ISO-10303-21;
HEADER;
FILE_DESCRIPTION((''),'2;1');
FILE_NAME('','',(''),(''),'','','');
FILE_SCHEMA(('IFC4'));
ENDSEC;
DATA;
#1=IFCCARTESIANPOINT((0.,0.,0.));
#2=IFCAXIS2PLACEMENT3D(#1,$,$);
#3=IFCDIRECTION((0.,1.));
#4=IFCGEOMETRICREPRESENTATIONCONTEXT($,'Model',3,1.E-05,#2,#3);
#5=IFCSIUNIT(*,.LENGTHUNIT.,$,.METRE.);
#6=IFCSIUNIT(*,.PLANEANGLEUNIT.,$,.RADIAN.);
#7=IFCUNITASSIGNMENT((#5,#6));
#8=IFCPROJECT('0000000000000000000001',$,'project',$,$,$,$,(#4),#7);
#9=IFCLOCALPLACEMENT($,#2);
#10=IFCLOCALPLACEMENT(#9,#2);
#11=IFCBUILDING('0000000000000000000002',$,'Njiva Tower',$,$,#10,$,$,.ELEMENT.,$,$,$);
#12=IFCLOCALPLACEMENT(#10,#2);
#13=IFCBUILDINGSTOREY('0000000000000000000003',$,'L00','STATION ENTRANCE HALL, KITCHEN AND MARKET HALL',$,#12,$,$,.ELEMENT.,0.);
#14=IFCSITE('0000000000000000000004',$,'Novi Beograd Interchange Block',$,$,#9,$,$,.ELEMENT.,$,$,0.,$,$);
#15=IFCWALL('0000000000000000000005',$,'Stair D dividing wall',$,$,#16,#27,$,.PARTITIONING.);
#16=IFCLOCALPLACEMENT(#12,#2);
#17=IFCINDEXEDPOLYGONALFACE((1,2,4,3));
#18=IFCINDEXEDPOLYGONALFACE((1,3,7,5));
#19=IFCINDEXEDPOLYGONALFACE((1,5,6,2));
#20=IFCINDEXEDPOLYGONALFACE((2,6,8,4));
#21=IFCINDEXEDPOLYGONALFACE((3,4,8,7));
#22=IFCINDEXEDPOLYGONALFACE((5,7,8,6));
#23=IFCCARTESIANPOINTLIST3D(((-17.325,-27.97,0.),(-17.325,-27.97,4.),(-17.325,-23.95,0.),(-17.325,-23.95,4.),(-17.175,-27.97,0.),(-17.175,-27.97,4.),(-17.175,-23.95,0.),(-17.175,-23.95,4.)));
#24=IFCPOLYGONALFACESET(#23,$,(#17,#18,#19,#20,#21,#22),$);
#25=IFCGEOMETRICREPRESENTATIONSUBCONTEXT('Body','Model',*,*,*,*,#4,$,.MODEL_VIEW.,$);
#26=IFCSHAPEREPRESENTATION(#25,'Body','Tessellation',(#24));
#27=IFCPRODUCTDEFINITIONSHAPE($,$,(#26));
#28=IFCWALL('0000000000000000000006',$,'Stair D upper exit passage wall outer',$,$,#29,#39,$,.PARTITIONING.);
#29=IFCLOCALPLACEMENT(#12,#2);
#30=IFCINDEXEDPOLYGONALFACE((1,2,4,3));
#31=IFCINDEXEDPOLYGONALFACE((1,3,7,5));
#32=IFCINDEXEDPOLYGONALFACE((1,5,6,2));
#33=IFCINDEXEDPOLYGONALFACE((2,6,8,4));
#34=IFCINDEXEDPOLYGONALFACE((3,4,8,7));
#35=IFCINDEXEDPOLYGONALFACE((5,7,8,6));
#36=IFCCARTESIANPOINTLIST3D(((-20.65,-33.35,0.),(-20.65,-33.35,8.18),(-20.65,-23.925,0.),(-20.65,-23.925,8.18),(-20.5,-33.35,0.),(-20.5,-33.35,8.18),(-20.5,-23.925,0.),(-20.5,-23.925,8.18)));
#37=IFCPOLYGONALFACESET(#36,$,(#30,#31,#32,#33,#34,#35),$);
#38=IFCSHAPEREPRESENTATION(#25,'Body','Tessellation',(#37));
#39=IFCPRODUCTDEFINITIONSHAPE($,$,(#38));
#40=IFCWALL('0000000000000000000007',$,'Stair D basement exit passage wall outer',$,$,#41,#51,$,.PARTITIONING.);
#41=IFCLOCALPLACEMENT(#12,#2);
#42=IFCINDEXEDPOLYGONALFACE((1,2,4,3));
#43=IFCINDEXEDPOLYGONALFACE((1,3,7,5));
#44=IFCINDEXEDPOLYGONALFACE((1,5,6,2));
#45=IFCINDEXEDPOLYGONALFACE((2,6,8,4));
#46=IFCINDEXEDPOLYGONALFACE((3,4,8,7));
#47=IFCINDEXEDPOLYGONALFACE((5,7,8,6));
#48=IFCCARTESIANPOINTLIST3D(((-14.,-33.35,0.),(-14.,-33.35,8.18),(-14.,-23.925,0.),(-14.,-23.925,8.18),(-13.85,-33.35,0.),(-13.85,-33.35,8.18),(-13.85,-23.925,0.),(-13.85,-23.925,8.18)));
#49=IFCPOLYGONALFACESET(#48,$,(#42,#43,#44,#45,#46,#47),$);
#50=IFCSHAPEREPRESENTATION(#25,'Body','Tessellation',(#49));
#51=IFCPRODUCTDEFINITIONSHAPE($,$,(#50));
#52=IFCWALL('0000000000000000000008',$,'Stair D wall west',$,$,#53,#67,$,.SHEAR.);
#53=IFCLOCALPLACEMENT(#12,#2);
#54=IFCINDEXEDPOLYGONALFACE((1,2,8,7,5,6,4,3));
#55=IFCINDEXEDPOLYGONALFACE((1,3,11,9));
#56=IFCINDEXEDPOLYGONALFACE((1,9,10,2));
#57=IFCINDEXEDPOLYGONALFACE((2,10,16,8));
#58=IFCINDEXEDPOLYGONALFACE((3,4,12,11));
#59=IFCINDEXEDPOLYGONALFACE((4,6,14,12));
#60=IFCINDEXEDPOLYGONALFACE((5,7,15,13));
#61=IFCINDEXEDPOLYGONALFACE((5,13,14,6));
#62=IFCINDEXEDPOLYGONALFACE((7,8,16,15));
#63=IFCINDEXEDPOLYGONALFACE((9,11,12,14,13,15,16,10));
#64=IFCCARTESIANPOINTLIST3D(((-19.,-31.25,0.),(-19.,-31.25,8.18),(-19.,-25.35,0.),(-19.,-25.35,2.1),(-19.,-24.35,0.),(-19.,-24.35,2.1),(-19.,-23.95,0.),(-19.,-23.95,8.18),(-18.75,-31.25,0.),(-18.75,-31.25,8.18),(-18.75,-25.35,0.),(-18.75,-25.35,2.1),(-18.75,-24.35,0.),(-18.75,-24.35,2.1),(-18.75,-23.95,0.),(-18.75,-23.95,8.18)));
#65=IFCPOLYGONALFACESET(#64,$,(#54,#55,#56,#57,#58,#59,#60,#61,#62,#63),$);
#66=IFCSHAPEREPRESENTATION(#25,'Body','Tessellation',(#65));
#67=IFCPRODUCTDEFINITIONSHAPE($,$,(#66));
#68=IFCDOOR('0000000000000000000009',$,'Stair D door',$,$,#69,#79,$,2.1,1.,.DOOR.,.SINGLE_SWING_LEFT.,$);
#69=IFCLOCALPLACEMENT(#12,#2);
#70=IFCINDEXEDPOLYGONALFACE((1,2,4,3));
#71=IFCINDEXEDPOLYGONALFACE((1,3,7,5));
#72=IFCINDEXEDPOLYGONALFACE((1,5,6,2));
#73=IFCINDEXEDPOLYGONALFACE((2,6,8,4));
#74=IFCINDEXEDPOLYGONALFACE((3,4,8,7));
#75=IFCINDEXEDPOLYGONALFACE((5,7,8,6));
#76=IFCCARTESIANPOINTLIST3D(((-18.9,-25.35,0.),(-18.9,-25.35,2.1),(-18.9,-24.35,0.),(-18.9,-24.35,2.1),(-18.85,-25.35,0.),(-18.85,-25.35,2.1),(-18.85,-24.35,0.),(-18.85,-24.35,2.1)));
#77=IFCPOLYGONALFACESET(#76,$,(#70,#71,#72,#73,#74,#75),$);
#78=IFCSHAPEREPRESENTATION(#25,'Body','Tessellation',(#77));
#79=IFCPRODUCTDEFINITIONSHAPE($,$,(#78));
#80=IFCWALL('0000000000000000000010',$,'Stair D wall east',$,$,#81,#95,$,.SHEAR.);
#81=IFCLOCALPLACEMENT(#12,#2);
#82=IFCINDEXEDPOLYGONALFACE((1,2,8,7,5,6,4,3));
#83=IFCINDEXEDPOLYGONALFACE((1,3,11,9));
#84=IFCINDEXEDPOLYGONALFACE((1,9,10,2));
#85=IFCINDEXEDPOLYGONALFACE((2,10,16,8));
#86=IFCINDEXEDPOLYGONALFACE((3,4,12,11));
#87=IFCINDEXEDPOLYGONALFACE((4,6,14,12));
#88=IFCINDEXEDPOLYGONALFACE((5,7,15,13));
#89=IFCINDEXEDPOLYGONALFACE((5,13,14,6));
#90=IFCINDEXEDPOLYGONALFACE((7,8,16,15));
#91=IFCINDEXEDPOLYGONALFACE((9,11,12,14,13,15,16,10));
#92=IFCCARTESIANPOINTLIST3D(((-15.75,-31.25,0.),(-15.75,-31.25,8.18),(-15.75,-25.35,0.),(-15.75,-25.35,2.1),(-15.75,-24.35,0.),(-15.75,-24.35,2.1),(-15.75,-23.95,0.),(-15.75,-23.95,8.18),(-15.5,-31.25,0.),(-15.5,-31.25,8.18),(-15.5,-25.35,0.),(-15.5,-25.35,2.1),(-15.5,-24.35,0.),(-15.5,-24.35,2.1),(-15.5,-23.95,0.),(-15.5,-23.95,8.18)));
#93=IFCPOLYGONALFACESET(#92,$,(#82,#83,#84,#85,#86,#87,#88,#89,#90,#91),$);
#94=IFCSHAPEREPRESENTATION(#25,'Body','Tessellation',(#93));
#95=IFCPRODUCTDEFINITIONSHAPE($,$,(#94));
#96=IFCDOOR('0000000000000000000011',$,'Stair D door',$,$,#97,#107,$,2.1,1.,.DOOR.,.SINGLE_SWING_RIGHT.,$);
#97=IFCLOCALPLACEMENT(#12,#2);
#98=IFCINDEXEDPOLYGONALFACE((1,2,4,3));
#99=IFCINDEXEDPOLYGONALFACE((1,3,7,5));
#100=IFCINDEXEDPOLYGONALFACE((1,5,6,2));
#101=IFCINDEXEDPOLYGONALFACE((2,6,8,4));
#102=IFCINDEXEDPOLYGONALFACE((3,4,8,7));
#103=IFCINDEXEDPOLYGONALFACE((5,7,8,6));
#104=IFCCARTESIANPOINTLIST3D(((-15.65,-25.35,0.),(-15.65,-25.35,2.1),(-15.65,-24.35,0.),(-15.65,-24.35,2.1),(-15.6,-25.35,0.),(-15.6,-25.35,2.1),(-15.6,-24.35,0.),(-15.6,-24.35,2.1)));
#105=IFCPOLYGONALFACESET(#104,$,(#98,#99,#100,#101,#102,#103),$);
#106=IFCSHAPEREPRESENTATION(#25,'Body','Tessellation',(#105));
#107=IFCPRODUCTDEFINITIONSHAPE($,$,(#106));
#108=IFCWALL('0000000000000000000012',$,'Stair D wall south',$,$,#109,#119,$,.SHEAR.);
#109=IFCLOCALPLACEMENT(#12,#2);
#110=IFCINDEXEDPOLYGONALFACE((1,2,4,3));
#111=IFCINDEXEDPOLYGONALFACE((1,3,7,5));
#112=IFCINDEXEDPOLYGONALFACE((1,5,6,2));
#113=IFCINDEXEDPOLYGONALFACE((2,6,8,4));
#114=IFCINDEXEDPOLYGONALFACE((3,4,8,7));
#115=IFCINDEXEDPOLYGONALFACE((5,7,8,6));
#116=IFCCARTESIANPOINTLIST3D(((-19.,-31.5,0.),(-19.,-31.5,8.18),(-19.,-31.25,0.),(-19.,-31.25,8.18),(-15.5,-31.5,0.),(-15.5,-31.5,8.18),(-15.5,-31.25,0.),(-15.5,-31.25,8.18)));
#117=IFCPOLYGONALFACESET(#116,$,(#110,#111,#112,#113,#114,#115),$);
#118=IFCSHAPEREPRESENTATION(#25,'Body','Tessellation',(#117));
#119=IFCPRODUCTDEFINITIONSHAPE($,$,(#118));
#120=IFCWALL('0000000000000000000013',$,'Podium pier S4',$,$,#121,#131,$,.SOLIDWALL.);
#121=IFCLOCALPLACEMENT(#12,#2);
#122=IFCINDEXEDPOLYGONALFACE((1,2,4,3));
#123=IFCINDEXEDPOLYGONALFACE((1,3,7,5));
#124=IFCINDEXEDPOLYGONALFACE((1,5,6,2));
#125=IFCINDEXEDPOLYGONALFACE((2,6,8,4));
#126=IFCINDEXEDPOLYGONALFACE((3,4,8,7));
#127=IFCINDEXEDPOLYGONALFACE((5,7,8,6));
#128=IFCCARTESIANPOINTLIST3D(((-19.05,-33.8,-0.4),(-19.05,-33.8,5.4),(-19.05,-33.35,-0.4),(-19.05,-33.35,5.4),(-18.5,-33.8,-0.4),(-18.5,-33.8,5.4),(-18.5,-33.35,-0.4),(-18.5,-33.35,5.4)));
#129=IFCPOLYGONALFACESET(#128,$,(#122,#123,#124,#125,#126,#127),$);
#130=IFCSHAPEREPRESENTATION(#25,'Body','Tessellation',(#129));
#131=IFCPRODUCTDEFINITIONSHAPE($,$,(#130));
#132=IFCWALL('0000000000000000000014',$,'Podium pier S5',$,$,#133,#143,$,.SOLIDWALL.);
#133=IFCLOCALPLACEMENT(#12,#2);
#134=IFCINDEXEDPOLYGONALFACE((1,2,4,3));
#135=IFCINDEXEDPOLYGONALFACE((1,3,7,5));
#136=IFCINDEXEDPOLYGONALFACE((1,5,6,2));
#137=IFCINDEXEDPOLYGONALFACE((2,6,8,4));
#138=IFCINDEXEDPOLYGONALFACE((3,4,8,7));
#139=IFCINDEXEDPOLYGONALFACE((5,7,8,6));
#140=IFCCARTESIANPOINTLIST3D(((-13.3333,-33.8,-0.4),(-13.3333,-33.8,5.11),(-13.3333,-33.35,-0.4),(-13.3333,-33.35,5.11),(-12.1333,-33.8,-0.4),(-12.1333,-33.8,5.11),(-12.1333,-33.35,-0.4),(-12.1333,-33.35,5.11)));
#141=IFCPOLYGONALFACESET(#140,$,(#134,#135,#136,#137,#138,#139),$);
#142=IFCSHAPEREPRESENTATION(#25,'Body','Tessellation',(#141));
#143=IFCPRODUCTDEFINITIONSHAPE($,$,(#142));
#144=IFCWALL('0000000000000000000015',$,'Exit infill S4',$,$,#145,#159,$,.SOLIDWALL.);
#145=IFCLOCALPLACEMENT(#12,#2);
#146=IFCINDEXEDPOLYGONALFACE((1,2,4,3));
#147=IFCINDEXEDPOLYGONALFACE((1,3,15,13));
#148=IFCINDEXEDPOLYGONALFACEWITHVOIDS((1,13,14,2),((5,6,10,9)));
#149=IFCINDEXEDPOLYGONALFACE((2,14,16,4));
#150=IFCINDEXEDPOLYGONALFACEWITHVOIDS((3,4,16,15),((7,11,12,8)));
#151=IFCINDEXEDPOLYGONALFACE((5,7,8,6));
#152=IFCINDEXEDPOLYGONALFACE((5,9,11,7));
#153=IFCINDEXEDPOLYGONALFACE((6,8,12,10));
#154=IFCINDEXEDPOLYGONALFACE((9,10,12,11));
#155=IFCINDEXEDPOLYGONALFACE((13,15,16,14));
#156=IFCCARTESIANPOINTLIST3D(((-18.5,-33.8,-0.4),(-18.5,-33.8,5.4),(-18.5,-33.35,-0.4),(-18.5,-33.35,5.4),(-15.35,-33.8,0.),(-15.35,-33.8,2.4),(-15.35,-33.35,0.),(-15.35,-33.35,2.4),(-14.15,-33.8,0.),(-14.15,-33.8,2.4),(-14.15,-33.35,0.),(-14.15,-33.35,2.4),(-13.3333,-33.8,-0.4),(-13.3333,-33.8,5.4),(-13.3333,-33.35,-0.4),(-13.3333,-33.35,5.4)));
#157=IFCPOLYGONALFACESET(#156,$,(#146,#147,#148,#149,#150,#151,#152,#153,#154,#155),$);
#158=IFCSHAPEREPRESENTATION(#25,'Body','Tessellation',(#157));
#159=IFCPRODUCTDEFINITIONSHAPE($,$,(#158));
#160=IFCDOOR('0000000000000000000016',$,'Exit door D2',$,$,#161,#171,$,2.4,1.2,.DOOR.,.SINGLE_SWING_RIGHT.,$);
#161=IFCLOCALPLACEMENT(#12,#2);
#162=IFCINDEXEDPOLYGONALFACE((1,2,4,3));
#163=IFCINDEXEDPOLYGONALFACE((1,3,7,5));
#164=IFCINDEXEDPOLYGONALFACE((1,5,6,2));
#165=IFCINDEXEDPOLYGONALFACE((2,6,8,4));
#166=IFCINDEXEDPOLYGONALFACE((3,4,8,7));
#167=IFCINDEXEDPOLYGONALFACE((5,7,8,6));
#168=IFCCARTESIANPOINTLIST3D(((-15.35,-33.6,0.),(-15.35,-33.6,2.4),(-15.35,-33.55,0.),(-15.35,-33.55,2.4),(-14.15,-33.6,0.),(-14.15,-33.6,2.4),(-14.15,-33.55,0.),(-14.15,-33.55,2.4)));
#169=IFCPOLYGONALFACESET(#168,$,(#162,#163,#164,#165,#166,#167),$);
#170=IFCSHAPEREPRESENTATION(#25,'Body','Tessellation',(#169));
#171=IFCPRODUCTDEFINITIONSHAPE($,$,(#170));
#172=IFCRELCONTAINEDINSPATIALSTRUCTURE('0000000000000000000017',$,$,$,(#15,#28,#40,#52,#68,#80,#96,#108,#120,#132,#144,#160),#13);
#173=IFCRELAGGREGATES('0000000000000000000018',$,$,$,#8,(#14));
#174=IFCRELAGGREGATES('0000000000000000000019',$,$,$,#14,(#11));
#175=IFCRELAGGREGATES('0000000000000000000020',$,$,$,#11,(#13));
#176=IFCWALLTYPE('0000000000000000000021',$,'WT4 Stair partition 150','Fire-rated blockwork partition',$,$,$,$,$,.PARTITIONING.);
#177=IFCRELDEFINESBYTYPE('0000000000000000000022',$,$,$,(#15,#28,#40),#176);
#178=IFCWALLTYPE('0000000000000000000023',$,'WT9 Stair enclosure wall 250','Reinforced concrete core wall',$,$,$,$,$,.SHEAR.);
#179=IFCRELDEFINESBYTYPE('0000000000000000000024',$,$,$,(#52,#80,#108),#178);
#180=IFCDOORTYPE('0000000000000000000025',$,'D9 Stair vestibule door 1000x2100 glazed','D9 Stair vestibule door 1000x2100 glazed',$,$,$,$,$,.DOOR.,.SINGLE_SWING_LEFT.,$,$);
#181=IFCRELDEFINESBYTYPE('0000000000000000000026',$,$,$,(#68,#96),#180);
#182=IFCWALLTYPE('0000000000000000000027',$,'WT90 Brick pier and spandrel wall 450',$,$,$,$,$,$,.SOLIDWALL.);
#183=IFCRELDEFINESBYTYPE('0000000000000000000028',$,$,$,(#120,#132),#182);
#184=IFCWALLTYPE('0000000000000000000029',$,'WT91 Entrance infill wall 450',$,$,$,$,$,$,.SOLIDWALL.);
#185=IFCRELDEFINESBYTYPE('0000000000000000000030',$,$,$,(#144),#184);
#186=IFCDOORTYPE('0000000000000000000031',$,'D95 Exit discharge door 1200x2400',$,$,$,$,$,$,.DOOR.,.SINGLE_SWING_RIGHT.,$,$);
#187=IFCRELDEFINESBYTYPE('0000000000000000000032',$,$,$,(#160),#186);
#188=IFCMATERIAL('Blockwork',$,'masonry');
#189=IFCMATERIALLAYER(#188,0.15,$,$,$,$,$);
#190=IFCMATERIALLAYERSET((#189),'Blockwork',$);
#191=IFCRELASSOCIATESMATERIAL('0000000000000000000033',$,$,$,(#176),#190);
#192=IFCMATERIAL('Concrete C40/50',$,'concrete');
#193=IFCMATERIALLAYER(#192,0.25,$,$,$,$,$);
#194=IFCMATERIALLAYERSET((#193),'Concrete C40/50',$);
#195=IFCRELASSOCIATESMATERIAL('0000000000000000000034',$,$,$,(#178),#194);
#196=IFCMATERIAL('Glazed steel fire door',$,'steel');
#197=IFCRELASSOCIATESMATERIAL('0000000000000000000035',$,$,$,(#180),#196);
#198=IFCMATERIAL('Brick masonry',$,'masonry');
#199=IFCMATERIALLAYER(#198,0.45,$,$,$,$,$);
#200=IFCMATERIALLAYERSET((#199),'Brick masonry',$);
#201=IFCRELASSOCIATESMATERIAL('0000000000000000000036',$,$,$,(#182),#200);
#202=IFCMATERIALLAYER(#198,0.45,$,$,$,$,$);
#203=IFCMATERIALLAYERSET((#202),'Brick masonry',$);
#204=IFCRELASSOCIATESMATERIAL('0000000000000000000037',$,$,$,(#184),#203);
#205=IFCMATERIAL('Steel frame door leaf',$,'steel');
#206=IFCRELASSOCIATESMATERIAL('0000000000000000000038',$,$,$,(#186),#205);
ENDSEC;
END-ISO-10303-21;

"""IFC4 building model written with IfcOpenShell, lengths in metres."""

from ifc_helpers import new_model, si_unit, direction, frame, frame_2d, origin, place, context, subcontext, project, spatial, polyline, rectangle, outline, extrude, material, layer, layer_set, type_object, element, fill, save


model = new_model("IFC4")

# Units and contexts
model_context = context("Model", 3, precision=1e-05, world=origin(), true_north=direction((0.0, 1.0)))
body_context = subcontext(model_context, "Body", "Model", "MODEL_VIEW")
ifc_project = project(units=[si_unit("LENGTHUNIT", "METRE"), si_unit("PLANEANGLEUNIT", "RADIAN")], contexts=[model_context])

# Site, building, storey
site_placement = place(None, origin())
site = spatial("IfcSite", under=ifc_project, at=site_placement, Name="Novi Beograd Interchange Block", CompositionType="ELEMENT", RefElevation=0.0)
building_placement = place(site_placement, origin())
building = spatial("IfcBuilding", under=site, at=building_placement, Name="Njiva Tower", CompositionType="ELEMENT")
storey_placement = place(building_placement, origin())
storey = spatial("IfcBuildingStorey", under=building, at=storey_placement, Name="L00", Description="STATION ENTRANCE HALL, KITCHEN AND MARKET HALL", CompositionType="ELEMENT", Elevation=0.0)

# Shared definitions
ifc_material_1 = material(Name="Blockwork", Category="masonry")
ifc_material_2 = material(Name="Glazed steel fire door", Category="steel")

# Walls
ifc_layer_1 = layer(ifc_material_1, 0.15)
ifc_layer_set_1 = layer_set([ifc_layer_1], Name="Blockwork")
wall_type_1 = type_object("IfcWallType", Name="WT4 Stair partition 150", Description="Fire-rated blockwork partition", PredefinedType="PARTITIONING", material=ifc_layer_set_1)
wall_1_placement = place(storey_placement, frame((-17.25, -27.97, 0.0), z_axis=(0.0, 0.0, 1.0), x_axis=(0.0, 1.0, 0.0)))
element("IfcWall", 1, at=wall_1_placement, inside=storey, type_object=wall_type_1, Name="Stair D dividing wall", PredefinedType="PARTITIONING", context=body_context, shape_type="SweptSolid", body=[
    extrude(rectangle(XDim=4.02, YDim=0.15, at=frame_2d((2.01, 0.0))), origin(), (0.0, 0.0, 1.0), 4.0),
])
for number, where, z_axis, x_axis, name in (
    (2, (-20.575, -33.35, 0.0), (0.0, 0.0, 1.0), (0.0, 1.0, 0.0), "Stair D upper exit passage wall outer"),
    (3, (-13.925, -33.35, 0.0), (0.0, 0.0, 1.0), (0.0, 1.0, 0.0), "Stair D basement exit passage wall outer"),
):
    element("IfcWall", number, at=place(storey_placement, frame(where, z_axis=z_axis, x_axis=x_axis)), inside=storey, type_object=wall_type_1, Name=name, PredefinedType="PARTITIONING", context=body_context, shape_type="SweptSolid", body=[
        extrude(rectangle(XDim=9.425, YDim=0.15, at=frame_2d((4.7125, 0.0))), origin(), (0.0, 0.0, 1.0), 8.18),
    ])

# Walls, openings, doors
ifc_material_3 = material(Name="Concrete C40/50", Category="concrete")
ifc_layer_2 = layer(ifc_material_3, 0.25)
ifc_layer_set_2 = layer_set([ifc_layer_2], Name="Concrete C40/50")
wall_type_2 = type_object("IfcWallType", Name="WT9 Stair enclosure wall 250", Description="Reinforced concrete core wall", PredefinedType="SHEAR", material=ifc_layer_set_2)
wall_2_placement = place(storey_placement, frame((-18.875, -31.25, 0.0), z_axis=(0.0, 0.0, 1.0), x_axis=(0.0, 1.0, 0.0)))
wall_2 = element("IfcWall", 4, at=wall_2_placement, inside=storey, type_object=wall_type_2, Name="Stair D wall west", PredefinedType="SHEAR", context=body_context, shape_type="SweptSolid", body=[
    extrude(rectangle(XDim=7.3, YDim=0.25, at=frame_2d((3.65, 0.0))), origin(), (0.0, 0.0, 1.0), 8.18),
])
opening_1_placement = place(wall_2_placement, frame((5.9, 0.0, 0.0)))
opening_1 = element("IfcOpeningElement", 5, at=opening_1_placement, cuts=wall_2, PredefinedType="OPENING", context=body_context, shape_type="SweptSolid", body=[
    extrude(rectangle(XDim=1.0, YDim=2.1, at=frame_2d((0.5, 1.05))), frame((0.0, 0.135, 0.0), z_axis=(0.0, -1.0, 0.0), x_axis=(1.0, 0.0, 0.0)), (0.0, 0.0, 1.0), 0.27),
])
door_type_1 = type_object("IfcDoorType", Name="D9 Stair vestibule door 1000x2100 glazed", Description="D9 Stair vestibule door 1000x2100 glazed", OperationType="SINGLE_SWING_LEFT", PredefinedType="DOOR", material=ifc_material_2)
door_1_placement = place(opening_1_placement, origin())
door_1 = element("IfcDoor", 6, at=door_1_placement, inside=storey, type_object=door_type_1, Name="Stair D door", OperationType="SINGLE_SWING_LEFT", OverallHeight=2.1, OverallWidth=1.0, PredefinedType="DOOR", context=body_context, shape_type="SweptSolid", body=[
    extrude(rectangle(XDim=1.0, YDim=2.1, at=frame_2d((0.5, 1.05))), frame((0.0, 0.025, 0.0), z_axis=(0.0, -1.0, 0.0), x_axis=(1.0, 0.0, 0.0)), (0.0, 0.0, 1.0), 0.05),
])
fill(opening_1, door_1)
wall_3_placement = place(storey_placement, frame((-15.625, -31.25, 0.0), z_axis=(0.0, 0.0, 1.0), x_axis=(0.0, 1.0, 0.0)))
wall_3 = element("IfcWall", 7, at=wall_3_placement, inside=storey, type_object=wall_type_2, Name="Stair D wall east", PredefinedType="SHEAR", context=body_context, shape_type="SweptSolid", body=[
    extrude(rectangle(XDim=7.3, YDim=0.25, at=frame_2d((3.65, 0.0))), origin(), (0.0, 0.0, 1.0), 8.18),
])
opening_2_placement = place(wall_3_placement, frame((5.9, 0.0, 0.0)))
opening_2 = element("IfcOpeningElement", 8, at=opening_2_placement, cuts=wall_3, PredefinedType="OPENING", context=body_context, shape_type="SweptSolid", body=[
    extrude(rectangle(XDim=1.0, YDim=2.1, at=frame_2d((0.5, 1.05))), frame((0.0, 0.135, 0.0), z_axis=(0.0, -1.0, 0.0), x_axis=(1.0, 0.0, 0.0)), (0.0, 0.0, 1.0), 0.27),
])
door_2_placement = place(opening_2_placement, origin())
door_2 = element("IfcDoor", 9, at=door_2_placement, inside=storey, type_object=door_type_1, Name="Stair D door", OperationType="SINGLE_SWING_RIGHT", OverallHeight=2.1, OverallWidth=1.0, PredefinedType="DOOR", context=body_context, shape_type="SweptSolid", body=[
    extrude(rectangle(XDim=1.0, YDim=2.1, at=frame_2d((0.5, 1.05))), frame((0.0, 0.025, 0.0), z_axis=(0.0, -1.0, 0.0), x_axis=(1.0, 0.0, 0.0)), (0.0, 0.0, 1.0), 0.05),
])
fill(opening_2, door_2)

# Walls
wall_4_placement = place(storey_placement, frame((-19.0, -31.375, 0.0), z_axis=(0.0, 0.0, 1.0), x_axis=(1.0, 0.0, 0.0)))
element("IfcWall", 10, at=wall_4_placement, inside=storey, type_object=wall_type_2, Name="Stair D wall south", PredefinedType="SHEAR", context=body_context, shape_type="SweptSolid", body=[
    extrude(rectangle(XDim=3.5, YDim=0.25, at=frame_2d((1.75, 0.0))), origin(), (0.0, 0.0, 1.0), 8.18),
])
ifc_material_4 = material(Name="Brick masonry", Category="masonry")
ifc_layer_3 = layer(ifc_material_4, 0.45)
ifc_layer_set_3 = layer_set([ifc_layer_3], Name="Brick masonry")
wall_type_3 = type_object("IfcWallType", Name="WT90 Brick pier and spandrel wall 450", PredefinedType="SOLIDWALL", material=ifc_layer_set_3)
wall_5_placement = place(storey_placement, frame((-19.05, -33.575, -0.4), z_axis=(0.0, 0.0, 1.0), x_axis=(1.0, 0.0, 0.0)))
element("IfcWall", 11, at=wall_5_placement, inside=storey, type_object=wall_type_3, Name="Podium pier S4", PredefinedType="SOLIDWALL", context=body_context, shape_type="SweptSolid", body=[
    extrude(outline(polyline([(0.0, -0.225), (0.55, -0.225), (0.55, 0.225), (0.0, 0.225), (0.0, -0.225)])), origin(), (0.0, 0.0, 1.0), 5.8),
])
wall_6_placement = place(storey_placement, frame((-13.3333, -33.575, -0.4), z_axis=(0.0, 0.0, 1.0), x_axis=(1.0, 0.0, 0.0)))
element("IfcWall", 12, at=wall_6_placement, inside=storey, type_object=wall_type_3, Name="Podium pier S5", PredefinedType="SOLIDWALL", context=body_context, shape_type="SweptSolid", body=[
    extrude(outline(polyline([(0.0, -0.225), (1.2, -0.225), (1.2, 0.225), (0.0, 0.225), (0.0, -0.225)])), origin(), (0.0, 0.0, 1.0), 5.51),
])

# Wall, opening, door
ifc_layer_4 = layer(ifc_material_4, 0.45)
ifc_layer_set_4 = layer_set([ifc_layer_4], Name="Brick masonry")
wall_type_4 = type_object("IfcWallType", Name="WT91 Entrance infill wall 450", PredefinedType="SOLIDWALL", material=ifc_layer_set_4)
wall_7_placement = place(storey_placement, frame((-18.5, -33.575, -0.4), z_axis=(0.0, 0.0, 1.0), x_axis=(1.0, 0.0, 0.0)))
wall_7 = element("IfcWall", 13, at=wall_7_placement, inside=storey, type_object=wall_type_4, Name="Exit infill S4", PredefinedType="SOLIDWALL", context=body_context, shape_type="SweptSolid", body=[
    extrude(outline(polyline([(0.0, -0.225), (5.1667, -0.225), (5.1667, 0.225), (0.0, 0.225), (0.0, -0.225)])), origin(), (0.0, 0.0, 1.0), 5.8),
])
opening_3_placement = place(wall_7_placement, frame((3.15, 0.0, 0.4)))
opening_3 = element("IfcOpeningElement", 14, at=opening_3_placement, cuts=wall_7, PredefinedType="OPENING", context=body_context, shape_type="SweptSolid", body=[
    extrude(rectangle(XDim=1.2, YDim=2.4, at=frame_2d((0.6, 1.2))), frame((0.0, 0.235, 0.0), z_axis=(0.0, -1.0, 0.0), x_axis=(1.0, 0.0, 0.0)), (0.0, 0.0, 1.0), 0.47),
])
ifc_material_5 = material(Name="Steel frame door leaf", Category="steel")
door_type_2 = type_object("IfcDoorType", Name="D95 Exit discharge door 1200x2400", OperationType="SINGLE_SWING_RIGHT", PredefinedType="DOOR", material=ifc_material_5)
door_3_placement = place(opening_3_placement, frame((1.2, 0.0, 0.0), z_axis=(0.0, 0.0, 1.0), x_axis=(-1.0, 0.0, 0.0)))
door_3 = element("IfcDoor", 15, at=door_3_placement, inside=storey, type_object=door_type_2, Name="Exit door D2", OperationType="SINGLE_SWING_RIGHT", OverallHeight=2.4, OverallWidth=1.2, PredefinedType="DOOR", context=body_context, shape_type="SweptSolid", body=[
    extrude(rectangle(XDim=1.2, YDim=2.4, at=frame_2d((0.6, 1.2))), frame((0.0, 0.025, 0.0), z_axis=(0.0, -1.0, 0.0), x_axis=(1.0, 0.0, 0.0)), (0.0, 0.0, 1.0), 0.05),
])
fill(opening_3, door_3)

save(model, "model.ifc")
